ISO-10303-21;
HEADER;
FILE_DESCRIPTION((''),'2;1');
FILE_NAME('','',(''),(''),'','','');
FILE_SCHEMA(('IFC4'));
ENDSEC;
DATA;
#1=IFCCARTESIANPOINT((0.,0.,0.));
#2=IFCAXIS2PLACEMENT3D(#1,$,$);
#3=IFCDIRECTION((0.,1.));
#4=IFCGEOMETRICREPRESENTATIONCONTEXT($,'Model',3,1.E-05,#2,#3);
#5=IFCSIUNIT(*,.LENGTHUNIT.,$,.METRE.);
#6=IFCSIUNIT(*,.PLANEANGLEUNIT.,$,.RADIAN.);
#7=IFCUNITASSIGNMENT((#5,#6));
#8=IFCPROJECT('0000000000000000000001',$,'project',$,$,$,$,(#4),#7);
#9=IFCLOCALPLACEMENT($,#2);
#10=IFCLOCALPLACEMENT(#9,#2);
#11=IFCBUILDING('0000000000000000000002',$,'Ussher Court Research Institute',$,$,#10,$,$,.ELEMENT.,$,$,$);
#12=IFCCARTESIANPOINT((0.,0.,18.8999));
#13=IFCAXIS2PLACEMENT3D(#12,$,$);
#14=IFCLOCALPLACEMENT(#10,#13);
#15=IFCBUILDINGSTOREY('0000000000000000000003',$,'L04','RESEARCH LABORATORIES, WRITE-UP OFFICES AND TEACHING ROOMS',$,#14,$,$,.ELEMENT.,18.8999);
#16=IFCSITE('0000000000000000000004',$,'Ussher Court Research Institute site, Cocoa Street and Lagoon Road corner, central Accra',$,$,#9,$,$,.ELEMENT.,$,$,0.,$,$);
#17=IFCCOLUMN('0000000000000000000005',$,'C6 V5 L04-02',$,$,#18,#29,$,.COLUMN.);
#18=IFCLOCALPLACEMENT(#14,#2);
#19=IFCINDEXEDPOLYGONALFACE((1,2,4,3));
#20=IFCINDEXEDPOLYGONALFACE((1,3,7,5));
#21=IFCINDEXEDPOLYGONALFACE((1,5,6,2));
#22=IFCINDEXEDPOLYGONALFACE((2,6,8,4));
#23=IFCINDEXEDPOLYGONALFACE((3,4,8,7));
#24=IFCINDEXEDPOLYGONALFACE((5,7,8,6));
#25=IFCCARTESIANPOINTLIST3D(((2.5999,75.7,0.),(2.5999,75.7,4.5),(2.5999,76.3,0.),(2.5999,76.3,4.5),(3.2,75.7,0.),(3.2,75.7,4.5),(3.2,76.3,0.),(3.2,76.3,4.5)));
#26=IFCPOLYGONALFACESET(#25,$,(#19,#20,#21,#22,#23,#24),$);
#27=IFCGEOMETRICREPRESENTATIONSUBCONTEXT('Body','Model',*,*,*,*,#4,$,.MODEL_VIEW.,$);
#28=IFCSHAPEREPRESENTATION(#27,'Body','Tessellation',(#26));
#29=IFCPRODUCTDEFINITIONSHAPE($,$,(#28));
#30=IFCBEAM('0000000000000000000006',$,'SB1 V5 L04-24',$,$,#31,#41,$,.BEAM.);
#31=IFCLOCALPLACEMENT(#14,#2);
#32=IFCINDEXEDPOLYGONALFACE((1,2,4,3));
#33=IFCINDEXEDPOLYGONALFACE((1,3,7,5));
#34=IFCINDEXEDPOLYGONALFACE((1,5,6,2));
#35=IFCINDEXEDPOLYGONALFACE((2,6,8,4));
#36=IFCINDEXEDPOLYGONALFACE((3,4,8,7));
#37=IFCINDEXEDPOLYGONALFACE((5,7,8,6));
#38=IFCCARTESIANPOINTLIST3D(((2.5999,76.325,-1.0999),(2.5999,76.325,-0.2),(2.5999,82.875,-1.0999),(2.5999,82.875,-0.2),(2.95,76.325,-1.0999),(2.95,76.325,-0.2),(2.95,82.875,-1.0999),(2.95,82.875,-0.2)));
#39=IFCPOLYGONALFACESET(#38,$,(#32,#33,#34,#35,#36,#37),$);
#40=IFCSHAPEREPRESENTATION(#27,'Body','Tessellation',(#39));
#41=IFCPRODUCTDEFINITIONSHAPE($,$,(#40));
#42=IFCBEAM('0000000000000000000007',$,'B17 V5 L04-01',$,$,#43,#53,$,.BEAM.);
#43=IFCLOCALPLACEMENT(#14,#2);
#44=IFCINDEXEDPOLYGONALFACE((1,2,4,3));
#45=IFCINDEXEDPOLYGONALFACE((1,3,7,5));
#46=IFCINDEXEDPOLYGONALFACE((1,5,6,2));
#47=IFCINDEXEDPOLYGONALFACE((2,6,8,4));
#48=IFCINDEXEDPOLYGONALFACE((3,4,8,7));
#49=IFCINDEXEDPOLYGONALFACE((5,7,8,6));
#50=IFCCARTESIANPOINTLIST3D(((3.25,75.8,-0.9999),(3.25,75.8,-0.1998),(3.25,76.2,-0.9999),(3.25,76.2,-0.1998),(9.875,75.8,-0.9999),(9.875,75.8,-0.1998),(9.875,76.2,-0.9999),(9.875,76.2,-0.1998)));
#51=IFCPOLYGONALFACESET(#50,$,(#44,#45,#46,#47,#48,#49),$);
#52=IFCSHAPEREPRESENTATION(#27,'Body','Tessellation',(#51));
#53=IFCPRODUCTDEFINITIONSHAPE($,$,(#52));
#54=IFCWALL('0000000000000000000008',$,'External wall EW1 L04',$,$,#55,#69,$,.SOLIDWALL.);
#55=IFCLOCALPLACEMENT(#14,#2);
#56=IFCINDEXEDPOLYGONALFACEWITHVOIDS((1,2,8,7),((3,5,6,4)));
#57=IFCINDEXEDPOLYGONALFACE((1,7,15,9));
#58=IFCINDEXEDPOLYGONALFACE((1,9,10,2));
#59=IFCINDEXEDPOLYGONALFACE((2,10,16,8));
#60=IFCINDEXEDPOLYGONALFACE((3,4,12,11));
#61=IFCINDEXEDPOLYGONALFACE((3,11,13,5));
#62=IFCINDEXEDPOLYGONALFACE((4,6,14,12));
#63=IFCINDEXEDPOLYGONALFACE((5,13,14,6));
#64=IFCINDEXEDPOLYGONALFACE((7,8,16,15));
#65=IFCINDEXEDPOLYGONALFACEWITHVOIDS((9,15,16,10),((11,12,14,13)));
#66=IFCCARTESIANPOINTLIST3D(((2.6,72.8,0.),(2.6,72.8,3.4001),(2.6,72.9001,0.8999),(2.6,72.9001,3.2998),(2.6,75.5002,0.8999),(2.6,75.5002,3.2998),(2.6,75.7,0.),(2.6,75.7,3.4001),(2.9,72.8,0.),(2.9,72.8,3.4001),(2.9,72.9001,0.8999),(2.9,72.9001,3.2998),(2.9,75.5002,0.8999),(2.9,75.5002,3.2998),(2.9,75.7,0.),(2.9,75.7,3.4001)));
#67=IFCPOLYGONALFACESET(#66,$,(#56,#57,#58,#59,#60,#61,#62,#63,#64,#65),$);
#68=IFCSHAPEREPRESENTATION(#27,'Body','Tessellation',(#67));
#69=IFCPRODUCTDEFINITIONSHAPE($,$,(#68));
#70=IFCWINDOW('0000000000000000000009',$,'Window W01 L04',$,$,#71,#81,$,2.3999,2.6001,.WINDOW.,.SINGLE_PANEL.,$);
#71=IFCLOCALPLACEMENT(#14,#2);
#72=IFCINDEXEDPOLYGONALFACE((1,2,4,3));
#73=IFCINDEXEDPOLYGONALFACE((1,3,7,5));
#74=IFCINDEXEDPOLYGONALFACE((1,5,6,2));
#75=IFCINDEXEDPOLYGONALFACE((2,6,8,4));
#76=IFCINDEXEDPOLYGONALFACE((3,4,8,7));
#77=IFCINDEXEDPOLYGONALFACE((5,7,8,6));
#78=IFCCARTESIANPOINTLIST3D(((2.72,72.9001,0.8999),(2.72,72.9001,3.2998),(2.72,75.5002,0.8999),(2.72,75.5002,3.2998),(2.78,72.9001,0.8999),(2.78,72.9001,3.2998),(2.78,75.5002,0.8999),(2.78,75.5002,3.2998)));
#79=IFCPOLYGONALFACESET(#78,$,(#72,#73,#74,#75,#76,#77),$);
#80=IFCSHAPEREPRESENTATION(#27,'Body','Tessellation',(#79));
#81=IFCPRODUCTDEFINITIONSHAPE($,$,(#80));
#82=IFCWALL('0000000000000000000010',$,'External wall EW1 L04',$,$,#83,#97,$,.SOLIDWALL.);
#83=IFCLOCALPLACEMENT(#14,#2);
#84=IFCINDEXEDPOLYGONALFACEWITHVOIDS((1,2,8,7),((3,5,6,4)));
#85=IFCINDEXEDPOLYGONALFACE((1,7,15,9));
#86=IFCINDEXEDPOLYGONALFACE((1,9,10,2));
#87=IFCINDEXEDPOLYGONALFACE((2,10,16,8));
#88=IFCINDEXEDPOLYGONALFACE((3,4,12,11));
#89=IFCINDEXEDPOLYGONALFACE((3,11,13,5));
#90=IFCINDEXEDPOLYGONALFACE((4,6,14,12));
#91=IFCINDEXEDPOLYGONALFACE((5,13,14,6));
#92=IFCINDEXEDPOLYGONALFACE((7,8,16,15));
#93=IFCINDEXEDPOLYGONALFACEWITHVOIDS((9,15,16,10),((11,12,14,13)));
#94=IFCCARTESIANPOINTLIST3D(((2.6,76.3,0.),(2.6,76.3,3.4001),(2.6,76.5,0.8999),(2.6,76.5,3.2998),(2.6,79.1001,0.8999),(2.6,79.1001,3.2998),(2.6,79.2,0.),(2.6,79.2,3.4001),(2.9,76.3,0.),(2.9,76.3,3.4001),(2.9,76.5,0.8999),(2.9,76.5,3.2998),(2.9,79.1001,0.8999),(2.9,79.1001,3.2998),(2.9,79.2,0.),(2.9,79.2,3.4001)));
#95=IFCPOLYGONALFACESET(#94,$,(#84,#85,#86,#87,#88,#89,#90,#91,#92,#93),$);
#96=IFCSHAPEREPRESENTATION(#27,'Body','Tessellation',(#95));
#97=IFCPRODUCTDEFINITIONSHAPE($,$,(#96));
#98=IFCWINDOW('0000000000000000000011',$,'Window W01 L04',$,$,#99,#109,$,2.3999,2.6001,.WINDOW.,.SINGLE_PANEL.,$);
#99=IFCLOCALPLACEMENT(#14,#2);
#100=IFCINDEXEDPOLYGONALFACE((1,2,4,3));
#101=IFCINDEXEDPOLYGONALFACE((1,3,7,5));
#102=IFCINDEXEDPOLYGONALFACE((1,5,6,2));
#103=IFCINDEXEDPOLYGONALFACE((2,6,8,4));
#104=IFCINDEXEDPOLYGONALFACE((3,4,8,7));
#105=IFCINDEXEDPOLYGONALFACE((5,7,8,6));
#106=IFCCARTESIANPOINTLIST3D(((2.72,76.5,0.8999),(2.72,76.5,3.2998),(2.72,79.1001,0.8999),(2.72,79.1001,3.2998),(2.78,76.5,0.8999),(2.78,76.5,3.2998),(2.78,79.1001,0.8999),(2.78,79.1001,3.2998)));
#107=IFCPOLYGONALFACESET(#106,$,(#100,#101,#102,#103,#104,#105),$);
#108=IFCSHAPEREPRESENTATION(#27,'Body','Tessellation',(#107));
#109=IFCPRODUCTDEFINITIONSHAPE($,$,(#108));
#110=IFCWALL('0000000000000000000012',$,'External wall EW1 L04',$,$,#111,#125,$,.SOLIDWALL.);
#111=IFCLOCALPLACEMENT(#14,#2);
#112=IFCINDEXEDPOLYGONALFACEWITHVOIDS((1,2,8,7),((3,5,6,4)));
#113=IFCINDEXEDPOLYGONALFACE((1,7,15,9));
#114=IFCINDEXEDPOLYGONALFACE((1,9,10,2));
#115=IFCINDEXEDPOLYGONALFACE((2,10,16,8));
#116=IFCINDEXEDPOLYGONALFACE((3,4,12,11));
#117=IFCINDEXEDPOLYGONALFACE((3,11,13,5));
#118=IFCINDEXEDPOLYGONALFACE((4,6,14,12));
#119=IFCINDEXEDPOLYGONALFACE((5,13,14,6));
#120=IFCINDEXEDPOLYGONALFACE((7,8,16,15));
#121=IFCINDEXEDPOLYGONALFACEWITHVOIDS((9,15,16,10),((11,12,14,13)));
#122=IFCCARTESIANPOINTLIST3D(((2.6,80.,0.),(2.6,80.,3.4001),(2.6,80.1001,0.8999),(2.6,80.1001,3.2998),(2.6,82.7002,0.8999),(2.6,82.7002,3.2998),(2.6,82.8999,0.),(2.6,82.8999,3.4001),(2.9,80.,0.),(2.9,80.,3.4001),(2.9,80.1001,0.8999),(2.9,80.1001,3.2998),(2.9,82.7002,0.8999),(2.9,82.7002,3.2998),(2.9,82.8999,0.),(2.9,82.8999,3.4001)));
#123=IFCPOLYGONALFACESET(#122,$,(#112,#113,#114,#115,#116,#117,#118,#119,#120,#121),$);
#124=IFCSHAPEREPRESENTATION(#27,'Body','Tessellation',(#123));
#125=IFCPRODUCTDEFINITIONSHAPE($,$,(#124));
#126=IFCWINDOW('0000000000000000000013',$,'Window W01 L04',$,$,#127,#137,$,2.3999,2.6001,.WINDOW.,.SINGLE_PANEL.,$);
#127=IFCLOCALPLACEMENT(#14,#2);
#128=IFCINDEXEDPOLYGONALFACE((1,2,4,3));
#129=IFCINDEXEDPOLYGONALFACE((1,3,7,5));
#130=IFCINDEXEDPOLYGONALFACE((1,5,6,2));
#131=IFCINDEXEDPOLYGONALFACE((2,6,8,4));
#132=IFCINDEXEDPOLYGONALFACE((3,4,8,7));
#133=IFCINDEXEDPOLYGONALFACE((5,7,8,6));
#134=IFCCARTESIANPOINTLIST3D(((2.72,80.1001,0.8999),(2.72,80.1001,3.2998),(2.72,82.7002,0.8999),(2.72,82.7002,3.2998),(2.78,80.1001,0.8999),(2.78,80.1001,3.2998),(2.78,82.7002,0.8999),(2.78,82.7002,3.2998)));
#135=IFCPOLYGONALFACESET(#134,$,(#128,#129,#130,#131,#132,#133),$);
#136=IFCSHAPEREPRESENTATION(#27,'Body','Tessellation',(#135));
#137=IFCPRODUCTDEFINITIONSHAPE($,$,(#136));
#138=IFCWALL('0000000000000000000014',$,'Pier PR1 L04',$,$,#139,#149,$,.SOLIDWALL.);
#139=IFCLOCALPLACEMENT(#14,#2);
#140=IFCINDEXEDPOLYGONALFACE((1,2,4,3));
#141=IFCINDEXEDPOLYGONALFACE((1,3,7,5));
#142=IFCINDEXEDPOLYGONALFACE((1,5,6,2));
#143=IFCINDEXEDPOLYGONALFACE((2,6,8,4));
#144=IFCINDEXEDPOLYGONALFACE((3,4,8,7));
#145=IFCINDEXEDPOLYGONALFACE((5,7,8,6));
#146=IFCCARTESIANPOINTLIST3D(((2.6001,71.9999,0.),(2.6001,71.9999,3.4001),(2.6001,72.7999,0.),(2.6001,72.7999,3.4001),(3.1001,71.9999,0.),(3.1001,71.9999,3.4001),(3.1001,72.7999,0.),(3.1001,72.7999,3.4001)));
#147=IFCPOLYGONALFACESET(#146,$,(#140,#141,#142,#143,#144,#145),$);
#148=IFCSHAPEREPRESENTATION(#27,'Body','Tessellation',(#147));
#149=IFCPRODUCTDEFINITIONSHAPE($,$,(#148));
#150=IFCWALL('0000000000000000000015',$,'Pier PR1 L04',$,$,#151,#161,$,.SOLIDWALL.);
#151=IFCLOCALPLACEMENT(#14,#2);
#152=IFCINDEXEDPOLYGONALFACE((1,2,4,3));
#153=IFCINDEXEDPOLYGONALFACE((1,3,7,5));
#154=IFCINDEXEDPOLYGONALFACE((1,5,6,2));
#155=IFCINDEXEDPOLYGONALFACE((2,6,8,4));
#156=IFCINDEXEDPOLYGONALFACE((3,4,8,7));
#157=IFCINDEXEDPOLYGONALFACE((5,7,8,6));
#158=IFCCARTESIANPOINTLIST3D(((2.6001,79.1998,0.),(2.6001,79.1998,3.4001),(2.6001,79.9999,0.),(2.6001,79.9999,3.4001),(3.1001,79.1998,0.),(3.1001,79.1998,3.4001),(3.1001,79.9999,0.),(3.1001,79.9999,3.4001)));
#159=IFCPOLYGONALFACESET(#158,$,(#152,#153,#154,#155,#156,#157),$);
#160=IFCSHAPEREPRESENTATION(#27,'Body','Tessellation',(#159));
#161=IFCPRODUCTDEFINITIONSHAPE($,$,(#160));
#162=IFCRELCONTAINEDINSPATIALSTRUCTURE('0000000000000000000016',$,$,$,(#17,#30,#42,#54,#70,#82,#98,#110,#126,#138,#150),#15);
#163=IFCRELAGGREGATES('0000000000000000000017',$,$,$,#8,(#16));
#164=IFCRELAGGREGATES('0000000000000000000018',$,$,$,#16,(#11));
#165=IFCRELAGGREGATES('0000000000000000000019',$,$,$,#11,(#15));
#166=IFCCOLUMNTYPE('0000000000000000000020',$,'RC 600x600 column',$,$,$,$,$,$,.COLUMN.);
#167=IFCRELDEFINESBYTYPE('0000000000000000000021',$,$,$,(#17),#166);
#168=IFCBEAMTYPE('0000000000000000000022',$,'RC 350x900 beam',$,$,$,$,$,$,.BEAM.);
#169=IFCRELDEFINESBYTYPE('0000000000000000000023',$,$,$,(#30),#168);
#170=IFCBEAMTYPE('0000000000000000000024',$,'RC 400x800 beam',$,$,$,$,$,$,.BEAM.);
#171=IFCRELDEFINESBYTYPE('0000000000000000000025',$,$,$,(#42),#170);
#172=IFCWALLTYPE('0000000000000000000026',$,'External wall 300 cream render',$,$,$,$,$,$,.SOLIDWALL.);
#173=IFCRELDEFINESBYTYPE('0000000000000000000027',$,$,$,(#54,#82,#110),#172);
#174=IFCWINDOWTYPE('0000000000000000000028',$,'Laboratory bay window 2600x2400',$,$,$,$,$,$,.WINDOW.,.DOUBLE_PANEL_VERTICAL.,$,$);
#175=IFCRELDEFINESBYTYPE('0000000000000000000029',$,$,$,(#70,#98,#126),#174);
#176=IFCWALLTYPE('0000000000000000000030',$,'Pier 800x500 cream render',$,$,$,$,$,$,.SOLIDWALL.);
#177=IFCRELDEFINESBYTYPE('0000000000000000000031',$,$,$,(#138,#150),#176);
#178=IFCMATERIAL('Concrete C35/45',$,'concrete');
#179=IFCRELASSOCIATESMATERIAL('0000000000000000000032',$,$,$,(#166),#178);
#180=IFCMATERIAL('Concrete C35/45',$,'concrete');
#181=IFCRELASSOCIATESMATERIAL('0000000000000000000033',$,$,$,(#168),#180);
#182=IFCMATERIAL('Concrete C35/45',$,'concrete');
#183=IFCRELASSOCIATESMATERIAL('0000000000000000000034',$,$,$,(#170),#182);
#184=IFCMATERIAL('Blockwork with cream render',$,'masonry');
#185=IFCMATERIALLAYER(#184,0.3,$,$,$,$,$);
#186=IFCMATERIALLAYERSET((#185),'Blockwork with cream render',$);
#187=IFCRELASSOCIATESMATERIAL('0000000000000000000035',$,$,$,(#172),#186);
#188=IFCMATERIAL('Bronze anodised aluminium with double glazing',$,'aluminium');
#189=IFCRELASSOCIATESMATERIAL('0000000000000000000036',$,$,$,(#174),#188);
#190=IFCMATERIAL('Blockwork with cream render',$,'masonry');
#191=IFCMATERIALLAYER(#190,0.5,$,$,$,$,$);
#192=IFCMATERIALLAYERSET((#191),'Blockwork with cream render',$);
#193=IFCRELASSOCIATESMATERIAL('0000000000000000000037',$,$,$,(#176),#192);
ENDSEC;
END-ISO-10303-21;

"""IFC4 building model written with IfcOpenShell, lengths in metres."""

from ifc_helpers import new_model, si_unit, direction, frame, frame_2d, origin, origin_2d, place, context, subcontext, project, spatial, rectangle, extrude, material, layer, layer_set, material_profile, profile_set, type_object, element, fill, save


model = new_model("IFC4")

# Units and contexts
model_context = context("Model", 3, precision=1e-05, world=origin(), true_north=direction((0.0, 1.0)))
body_context = subcontext(model_context, "Body", "Model", "MODEL_VIEW")
ifc_project = project(units=[si_unit("LENGTHUNIT", "METRE"), si_unit("PLANEANGLEUNIT", "RADIAN")], contexts=[model_context])

# Site, building, storey
site_placement = place(None, origin())
site = spatial("IfcSite", under=ifc_project, at=site_placement, Name="Ussher Court Research Institute site, Cocoa Street and Lagoon Road corner, central Accra", CompositionType="ELEMENT", RefElevation=0.0)
building_placement = place(site_placement, origin())
building = spatial("IfcBuilding", under=site, at=building_placement, Name="Ussher Court Research Institute", CompositionType="ELEMENT")
storey_placement = place(building_placement, frame((0.0, 0.0, 18.8999)))
storey = spatial("IfcBuildingStorey", under=building, at=storey_placement, Name="L04", Description="RESEARCH LABORATORIES, WRITE-UP OFFICES AND TEACHING ROOMS", CompositionType="ELEMENT", Elevation=18.8999)

# Column
ifc_material_1 = material(Name="Concrete C35/45", Category="concrete")
ifc_material_profile_1 = material_profile(ifc_material_1, rectangle(XDim=0.6001, YDim=0.6001, at=origin_2d()), Name="RC 600x600")
ifc_profile_set_1 = profile_set([ifc_material_profile_1], Name="Concrete C35/45")
column_type = type_object("IfcColumnType", Name="RC 600x600 column", PredefinedType="COLUMN", material=ifc_profile_set_1)
column_placement = place(storey_placement, frame((2.8999, 76.0, 0.0), z_axis=(0.0, 0.0, 1.0), x_axis=(1.0, 0.0, 0.0)))
element("IfcColumn", 1, at=column_placement, inside=storey, type_object=column_type, Name="C6 V5 L04-02", PredefinedType="COLUMN", context=body_context, shape_type="SweptSolid", body=[
    extrude(rectangle(XDim=0.6001, YDim=0.6001, at=origin_2d()), origin(), (0.0, 0.0, 1.0), 4.5),
])

# Beams
ifc_material_2 = material(Name="Concrete C35/45", Category="concrete")
ifc_material_profile_2 = material_profile(ifc_material_2, rectangle(XDim=0.3501, YDim=0.8999, at=origin_2d()), Name="RC 350x900")
ifc_profile_set_2 = profile_set([ifc_material_profile_2], Name="Concrete C35/45")
beam_type_1 = type_object("IfcBeamType", Name="RC 350x900 beam", PredefinedType="BEAM", material=ifc_profile_set_2)
beam_1_placement = place(storey_placement, frame((2.7749, 76.325, -0.6499), z_axis=(0.0, 1.0, 0.0), x_axis=(-1.0, 0.0, 0.0)))
element("IfcBeam", 2, at=beam_1_placement, inside=storey, type_object=beam_type_1, Name="SB1 V5 L04-24", PredefinedType="BEAM", context=body_context, shape_type="SweptSolid", body=[
    extrude(rectangle(XDim=0.3501, YDim=0.8999, at=origin_2d()), origin(), (0.0, 0.0, 1.0), 6.55),
])
ifc_material_3 = material(Name="Concrete C35/45", Category="concrete")
ifc_material_profile_3 = material_profile(ifc_material_3, rectangle(XDim=0.3999, YDim=0.8, at=origin_2d()), Name="RC 400x800")
ifc_profile_set_3 = profile_set([ifc_material_profile_3], Name="Concrete C35/45")
beam_type_2 = type_object("IfcBeamType", Name="RC 400x800 beam", PredefinedType="BEAM", material=ifc_profile_set_3)
beam_2_placement = place(storey_placement, frame((3.25, 76.0, -0.5999), z_axis=(1.0, 0.0, 0.0), x_axis=(0.0, 1.0, 0.0)))
element("IfcBeam", 3, at=beam_2_placement, inside=storey, type_object=beam_type_2, Name="B17 V5 L04-01", PredefinedType="BEAM", context=body_context, shape_type="SweptSolid", body=[
    extrude(rectangle(XDim=0.3999, YDim=0.8, at=origin_2d()), origin(), (0.0, 0.0, 1.0), 6.625),
])

# Walls, openings, windows
ifc_material_4 = material(Name="Blockwork with cream render", Category="masonry")
ifc_layer_1 = layer(ifc_material_4, 0.3)
ifc_layer_set_1 = layer_set([ifc_layer_1], Name="Blockwork with cream render")
wall_type_1 = type_object("IfcWallType", Name="External wall 300 cream render", PredefinedType="SOLIDWALL", material=ifc_layer_set_1)
wall_1_placement = place(storey_placement, frame((2.75, 72.8, 0.0), z_axis=(0.0, 0.0, 1.0), x_axis=(0.0, 1.0, 0.0)))
wall_1 = element("IfcWall", 4, at=wall_1_placement, inside=storey, type_object=wall_type_1, Name="External wall EW1 L04", PredefinedType="SOLIDWALL", context=body_context, shape_type="SweptSolid", body=[
    extrude(rectangle(XDim=2.8999, YDim=0.3, at=frame_2d((1.45, 0.0))), origin(), (0.0, 0.0, 1.0), 3.4001),
])
opening_1_placement = place(wall_1_placement, frame((0.1001, 0.0, 0.8999)))
opening_1 = element("IfcOpeningElement", 5, at=opening_1_placement, cuts=wall_1, PredefinedType="OPENING", context=body_context, shape_type="SweptSolid", body=[
    extrude(rectangle(XDim=2.6001, YDim=2.3999, at=frame_2d((1.3, 1.2))), frame((0.0, 0.1602, 0.0), z_axis=(0.0, -1.0, 0.0), x_axis=(1.0, 0.0, 0.0)), (0.0, 0.0, 1.0), 0.3201),
])
ifc_material_5 = material(Name="Bronze anodised aluminium with double glazing", Category="aluminium")
window_type = type_object("IfcWindowType", Name="Laboratory bay window 2600x2400", PartitioningType="DOUBLE_PANEL_VERTICAL", PredefinedType="WINDOW", material=ifc_material_5)
window_1_placement = place(opening_1_placement, origin())
window_1 = element("IfcWindow", 6, at=window_1_placement, inside=storey, type_object=window_type, Name="Window W01 L04", OverallHeight=2.3999, OverallWidth=2.6001, PartitioningType="SINGLE_PANEL", PredefinedType="WINDOW", context=body_context, shape_type="SweptSolid", body=[
    extrude(rectangle(XDim=2.6001, YDim=2.3999, at=frame_2d((1.3, 1.2))), frame((0.0, 0.03, 0.0), z_axis=(0.0, -1.0, 0.0), x_axis=(1.0, 0.0, 0.0)), (0.0, 0.0, 1.0), 0.0601),
])
fill(opening_1, window_1)
wall_2_placement = place(storey_placement, frame((2.75, 76.3, 0.0), z_axis=(0.0, 0.0, 1.0), x_axis=(0.0, 1.0, 0.0)))
wall_2 = element("IfcWall", 7, at=wall_2_placement, inside=storey, type_object=wall_type_1, Name="External wall EW1 L04", PredefinedType="SOLIDWALL", context=body_context, shape_type="SweptSolid", body=[
    extrude(rectangle(XDim=2.8999, YDim=0.3, at=frame_2d((1.45, 0.0))), origin(), (0.0, 0.0, 1.0), 3.4001),
])
opening_2_placement = place(wall_2_placement, frame((0.2, 0.0, 0.8999)))
opening_2 = element("IfcOpeningElement", 8, at=opening_2_placement, cuts=wall_2, PredefinedType="OPENING", context=body_context, shape_type="SweptSolid", body=[
    extrude(rectangle(XDim=2.6001, YDim=2.3999, at=frame_2d((1.3, 1.2))), frame((0.0, 0.1602, 0.0), z_axis=(0.0, -1.0, 0.0), x_axis=(1.0, 0.0, 0.0)), (0.0, 0.0, 1.0), 0.3201),
])
window_2_placement = place(opening_2_placement, origin())
window_2 = element("IfcWindow", 9, at=window_2_placement, inside=storey, type_object=window_type, Name="Window W01 L04", OverallHeight=2.3999, OverallWidth=2.6001, PartitioningType="SINGLE_PANEL", PredefinedType="WINDOW", context=body_context, shape_type="SweptSolid", body=[
    extrude(rectangle(XDim=2.6001, YDim=2.3999, at=frame_2d((1.3, 1.2))), frame((0.0, 0.03, 0.0), z_axis=(0.0, -1.0, 0.0), x_axis=(1.0, 0.0, 0.0)), (0.0, 0.0, 1.0), 0.0601),
])
fill(opening_2, window_2)
wall_3_placement = place(storey_placement, frame((2.75, 80.0, 0.0), z_axis=(0.0, 0.0, 1.0), x_axis=(0.0, 1.0, 0.0)))
wall_3 = element("IfcWall", 10, at=wall_3_placement, inside=storey, type_object=wall_type_1, Name="External wall EW1 L04", PredefinedType="SOLIDWALL", context=body_context, shape_type="SweptSolid", body=[
    extrude(rectangle(XDim=2.8999, YDim=0.3, at=frame_2d((1.45, 0.0))), origin(), (0.0, 0.0, 1.0), 3.4001),
])
opening_3_placement = place(wall_3_placement, frame((0.1001, 0.0, 0.8999)))
opening_3 = element("IfcOpeningElement", 11, at=opening_3_placement, cuts=wall_3, PredefinedType="OPENING", context=body_context, shape_type="SweptSolid", body=[
    extrude(rectangle(XDim=2.6001, YDim=2.3999, at=frame_2d((1.3, 1.2))), frame((0.0, 0.1602, 0.0), z_axis=(0.0, -1.0, 0.0), x_axis=(1.0, 0.0, 0.0)), (0.0, 0.0, 1.0), 0.3201),
])
window_3_placement = place(opening_3_placement, origin())
window_3 = element("IfcWindow", 12, at=window_3_placement, inside=storey, type_object=window_type, Name="Window W01 L04", OverallHeight=2.3999, OverallWidth=2.6001, PartitioningType="SINGLE_PANEL", PredefinedType="WINDOW", context=body_context, shape_type="SweptSolid", body=[
    extrude(rectangle(XDim=2.6001, YDim=2.3999, at=frame_2d((1.3, 1.2))), frame((0.0, 0.03, 0.0), z_axis=(0.0, -1.0, 0.0), x_axis=(1.0, 0.0, 0.0)), (0.0, 0.0, 1.0), 0.0601),
])
fill(opening_3, window_3)

# Walls
ifc_material_6 = material(Name="Blockwork with cream render", Category="masonry")
ifc_layer_2 = layer(ifc_material_6, 0.5)
ifc_layer_set_2 = layer_set([ifc_layer_2], Name="Blockwork with cream render")
wall_type_2 = type_object("IfcWallType", Name="Pier 800x500 cream render", PredefinedType="SOLIDWALL", material=ifc_layer_set_2)
for number, where, z_axis, x_axis, name in (
    (13, (2.8501, 72.0, 0.0), (0.0, 0.0, 1.0), (0.0, 1.0, 0.0), "Pier PR1 L04"),
    (14, (2.8501, 79.2, 0.0), (0.0, 0.0, 1.0), (0.0, 1.0, 0.0), "Pier PR1 L04"),
):
    element("IfcWall", number, at=place(storey_placement, frame(where, z_axis=z_axis, x_axis=x_axis)), inside=storey, type_object=wall_type_2, Name=name, PredefinedType="SOLIDWALL", context=body_context, shape_type="SweptSolid", body=[
        extrude(rectangle(XDim=0.8, YDim=0.5, at=frame_2d((0.3999, 0.0))), origin(), (0.0, 0.0, 1.0), 3.4001),
    ])

save(model, "model.ifc")
